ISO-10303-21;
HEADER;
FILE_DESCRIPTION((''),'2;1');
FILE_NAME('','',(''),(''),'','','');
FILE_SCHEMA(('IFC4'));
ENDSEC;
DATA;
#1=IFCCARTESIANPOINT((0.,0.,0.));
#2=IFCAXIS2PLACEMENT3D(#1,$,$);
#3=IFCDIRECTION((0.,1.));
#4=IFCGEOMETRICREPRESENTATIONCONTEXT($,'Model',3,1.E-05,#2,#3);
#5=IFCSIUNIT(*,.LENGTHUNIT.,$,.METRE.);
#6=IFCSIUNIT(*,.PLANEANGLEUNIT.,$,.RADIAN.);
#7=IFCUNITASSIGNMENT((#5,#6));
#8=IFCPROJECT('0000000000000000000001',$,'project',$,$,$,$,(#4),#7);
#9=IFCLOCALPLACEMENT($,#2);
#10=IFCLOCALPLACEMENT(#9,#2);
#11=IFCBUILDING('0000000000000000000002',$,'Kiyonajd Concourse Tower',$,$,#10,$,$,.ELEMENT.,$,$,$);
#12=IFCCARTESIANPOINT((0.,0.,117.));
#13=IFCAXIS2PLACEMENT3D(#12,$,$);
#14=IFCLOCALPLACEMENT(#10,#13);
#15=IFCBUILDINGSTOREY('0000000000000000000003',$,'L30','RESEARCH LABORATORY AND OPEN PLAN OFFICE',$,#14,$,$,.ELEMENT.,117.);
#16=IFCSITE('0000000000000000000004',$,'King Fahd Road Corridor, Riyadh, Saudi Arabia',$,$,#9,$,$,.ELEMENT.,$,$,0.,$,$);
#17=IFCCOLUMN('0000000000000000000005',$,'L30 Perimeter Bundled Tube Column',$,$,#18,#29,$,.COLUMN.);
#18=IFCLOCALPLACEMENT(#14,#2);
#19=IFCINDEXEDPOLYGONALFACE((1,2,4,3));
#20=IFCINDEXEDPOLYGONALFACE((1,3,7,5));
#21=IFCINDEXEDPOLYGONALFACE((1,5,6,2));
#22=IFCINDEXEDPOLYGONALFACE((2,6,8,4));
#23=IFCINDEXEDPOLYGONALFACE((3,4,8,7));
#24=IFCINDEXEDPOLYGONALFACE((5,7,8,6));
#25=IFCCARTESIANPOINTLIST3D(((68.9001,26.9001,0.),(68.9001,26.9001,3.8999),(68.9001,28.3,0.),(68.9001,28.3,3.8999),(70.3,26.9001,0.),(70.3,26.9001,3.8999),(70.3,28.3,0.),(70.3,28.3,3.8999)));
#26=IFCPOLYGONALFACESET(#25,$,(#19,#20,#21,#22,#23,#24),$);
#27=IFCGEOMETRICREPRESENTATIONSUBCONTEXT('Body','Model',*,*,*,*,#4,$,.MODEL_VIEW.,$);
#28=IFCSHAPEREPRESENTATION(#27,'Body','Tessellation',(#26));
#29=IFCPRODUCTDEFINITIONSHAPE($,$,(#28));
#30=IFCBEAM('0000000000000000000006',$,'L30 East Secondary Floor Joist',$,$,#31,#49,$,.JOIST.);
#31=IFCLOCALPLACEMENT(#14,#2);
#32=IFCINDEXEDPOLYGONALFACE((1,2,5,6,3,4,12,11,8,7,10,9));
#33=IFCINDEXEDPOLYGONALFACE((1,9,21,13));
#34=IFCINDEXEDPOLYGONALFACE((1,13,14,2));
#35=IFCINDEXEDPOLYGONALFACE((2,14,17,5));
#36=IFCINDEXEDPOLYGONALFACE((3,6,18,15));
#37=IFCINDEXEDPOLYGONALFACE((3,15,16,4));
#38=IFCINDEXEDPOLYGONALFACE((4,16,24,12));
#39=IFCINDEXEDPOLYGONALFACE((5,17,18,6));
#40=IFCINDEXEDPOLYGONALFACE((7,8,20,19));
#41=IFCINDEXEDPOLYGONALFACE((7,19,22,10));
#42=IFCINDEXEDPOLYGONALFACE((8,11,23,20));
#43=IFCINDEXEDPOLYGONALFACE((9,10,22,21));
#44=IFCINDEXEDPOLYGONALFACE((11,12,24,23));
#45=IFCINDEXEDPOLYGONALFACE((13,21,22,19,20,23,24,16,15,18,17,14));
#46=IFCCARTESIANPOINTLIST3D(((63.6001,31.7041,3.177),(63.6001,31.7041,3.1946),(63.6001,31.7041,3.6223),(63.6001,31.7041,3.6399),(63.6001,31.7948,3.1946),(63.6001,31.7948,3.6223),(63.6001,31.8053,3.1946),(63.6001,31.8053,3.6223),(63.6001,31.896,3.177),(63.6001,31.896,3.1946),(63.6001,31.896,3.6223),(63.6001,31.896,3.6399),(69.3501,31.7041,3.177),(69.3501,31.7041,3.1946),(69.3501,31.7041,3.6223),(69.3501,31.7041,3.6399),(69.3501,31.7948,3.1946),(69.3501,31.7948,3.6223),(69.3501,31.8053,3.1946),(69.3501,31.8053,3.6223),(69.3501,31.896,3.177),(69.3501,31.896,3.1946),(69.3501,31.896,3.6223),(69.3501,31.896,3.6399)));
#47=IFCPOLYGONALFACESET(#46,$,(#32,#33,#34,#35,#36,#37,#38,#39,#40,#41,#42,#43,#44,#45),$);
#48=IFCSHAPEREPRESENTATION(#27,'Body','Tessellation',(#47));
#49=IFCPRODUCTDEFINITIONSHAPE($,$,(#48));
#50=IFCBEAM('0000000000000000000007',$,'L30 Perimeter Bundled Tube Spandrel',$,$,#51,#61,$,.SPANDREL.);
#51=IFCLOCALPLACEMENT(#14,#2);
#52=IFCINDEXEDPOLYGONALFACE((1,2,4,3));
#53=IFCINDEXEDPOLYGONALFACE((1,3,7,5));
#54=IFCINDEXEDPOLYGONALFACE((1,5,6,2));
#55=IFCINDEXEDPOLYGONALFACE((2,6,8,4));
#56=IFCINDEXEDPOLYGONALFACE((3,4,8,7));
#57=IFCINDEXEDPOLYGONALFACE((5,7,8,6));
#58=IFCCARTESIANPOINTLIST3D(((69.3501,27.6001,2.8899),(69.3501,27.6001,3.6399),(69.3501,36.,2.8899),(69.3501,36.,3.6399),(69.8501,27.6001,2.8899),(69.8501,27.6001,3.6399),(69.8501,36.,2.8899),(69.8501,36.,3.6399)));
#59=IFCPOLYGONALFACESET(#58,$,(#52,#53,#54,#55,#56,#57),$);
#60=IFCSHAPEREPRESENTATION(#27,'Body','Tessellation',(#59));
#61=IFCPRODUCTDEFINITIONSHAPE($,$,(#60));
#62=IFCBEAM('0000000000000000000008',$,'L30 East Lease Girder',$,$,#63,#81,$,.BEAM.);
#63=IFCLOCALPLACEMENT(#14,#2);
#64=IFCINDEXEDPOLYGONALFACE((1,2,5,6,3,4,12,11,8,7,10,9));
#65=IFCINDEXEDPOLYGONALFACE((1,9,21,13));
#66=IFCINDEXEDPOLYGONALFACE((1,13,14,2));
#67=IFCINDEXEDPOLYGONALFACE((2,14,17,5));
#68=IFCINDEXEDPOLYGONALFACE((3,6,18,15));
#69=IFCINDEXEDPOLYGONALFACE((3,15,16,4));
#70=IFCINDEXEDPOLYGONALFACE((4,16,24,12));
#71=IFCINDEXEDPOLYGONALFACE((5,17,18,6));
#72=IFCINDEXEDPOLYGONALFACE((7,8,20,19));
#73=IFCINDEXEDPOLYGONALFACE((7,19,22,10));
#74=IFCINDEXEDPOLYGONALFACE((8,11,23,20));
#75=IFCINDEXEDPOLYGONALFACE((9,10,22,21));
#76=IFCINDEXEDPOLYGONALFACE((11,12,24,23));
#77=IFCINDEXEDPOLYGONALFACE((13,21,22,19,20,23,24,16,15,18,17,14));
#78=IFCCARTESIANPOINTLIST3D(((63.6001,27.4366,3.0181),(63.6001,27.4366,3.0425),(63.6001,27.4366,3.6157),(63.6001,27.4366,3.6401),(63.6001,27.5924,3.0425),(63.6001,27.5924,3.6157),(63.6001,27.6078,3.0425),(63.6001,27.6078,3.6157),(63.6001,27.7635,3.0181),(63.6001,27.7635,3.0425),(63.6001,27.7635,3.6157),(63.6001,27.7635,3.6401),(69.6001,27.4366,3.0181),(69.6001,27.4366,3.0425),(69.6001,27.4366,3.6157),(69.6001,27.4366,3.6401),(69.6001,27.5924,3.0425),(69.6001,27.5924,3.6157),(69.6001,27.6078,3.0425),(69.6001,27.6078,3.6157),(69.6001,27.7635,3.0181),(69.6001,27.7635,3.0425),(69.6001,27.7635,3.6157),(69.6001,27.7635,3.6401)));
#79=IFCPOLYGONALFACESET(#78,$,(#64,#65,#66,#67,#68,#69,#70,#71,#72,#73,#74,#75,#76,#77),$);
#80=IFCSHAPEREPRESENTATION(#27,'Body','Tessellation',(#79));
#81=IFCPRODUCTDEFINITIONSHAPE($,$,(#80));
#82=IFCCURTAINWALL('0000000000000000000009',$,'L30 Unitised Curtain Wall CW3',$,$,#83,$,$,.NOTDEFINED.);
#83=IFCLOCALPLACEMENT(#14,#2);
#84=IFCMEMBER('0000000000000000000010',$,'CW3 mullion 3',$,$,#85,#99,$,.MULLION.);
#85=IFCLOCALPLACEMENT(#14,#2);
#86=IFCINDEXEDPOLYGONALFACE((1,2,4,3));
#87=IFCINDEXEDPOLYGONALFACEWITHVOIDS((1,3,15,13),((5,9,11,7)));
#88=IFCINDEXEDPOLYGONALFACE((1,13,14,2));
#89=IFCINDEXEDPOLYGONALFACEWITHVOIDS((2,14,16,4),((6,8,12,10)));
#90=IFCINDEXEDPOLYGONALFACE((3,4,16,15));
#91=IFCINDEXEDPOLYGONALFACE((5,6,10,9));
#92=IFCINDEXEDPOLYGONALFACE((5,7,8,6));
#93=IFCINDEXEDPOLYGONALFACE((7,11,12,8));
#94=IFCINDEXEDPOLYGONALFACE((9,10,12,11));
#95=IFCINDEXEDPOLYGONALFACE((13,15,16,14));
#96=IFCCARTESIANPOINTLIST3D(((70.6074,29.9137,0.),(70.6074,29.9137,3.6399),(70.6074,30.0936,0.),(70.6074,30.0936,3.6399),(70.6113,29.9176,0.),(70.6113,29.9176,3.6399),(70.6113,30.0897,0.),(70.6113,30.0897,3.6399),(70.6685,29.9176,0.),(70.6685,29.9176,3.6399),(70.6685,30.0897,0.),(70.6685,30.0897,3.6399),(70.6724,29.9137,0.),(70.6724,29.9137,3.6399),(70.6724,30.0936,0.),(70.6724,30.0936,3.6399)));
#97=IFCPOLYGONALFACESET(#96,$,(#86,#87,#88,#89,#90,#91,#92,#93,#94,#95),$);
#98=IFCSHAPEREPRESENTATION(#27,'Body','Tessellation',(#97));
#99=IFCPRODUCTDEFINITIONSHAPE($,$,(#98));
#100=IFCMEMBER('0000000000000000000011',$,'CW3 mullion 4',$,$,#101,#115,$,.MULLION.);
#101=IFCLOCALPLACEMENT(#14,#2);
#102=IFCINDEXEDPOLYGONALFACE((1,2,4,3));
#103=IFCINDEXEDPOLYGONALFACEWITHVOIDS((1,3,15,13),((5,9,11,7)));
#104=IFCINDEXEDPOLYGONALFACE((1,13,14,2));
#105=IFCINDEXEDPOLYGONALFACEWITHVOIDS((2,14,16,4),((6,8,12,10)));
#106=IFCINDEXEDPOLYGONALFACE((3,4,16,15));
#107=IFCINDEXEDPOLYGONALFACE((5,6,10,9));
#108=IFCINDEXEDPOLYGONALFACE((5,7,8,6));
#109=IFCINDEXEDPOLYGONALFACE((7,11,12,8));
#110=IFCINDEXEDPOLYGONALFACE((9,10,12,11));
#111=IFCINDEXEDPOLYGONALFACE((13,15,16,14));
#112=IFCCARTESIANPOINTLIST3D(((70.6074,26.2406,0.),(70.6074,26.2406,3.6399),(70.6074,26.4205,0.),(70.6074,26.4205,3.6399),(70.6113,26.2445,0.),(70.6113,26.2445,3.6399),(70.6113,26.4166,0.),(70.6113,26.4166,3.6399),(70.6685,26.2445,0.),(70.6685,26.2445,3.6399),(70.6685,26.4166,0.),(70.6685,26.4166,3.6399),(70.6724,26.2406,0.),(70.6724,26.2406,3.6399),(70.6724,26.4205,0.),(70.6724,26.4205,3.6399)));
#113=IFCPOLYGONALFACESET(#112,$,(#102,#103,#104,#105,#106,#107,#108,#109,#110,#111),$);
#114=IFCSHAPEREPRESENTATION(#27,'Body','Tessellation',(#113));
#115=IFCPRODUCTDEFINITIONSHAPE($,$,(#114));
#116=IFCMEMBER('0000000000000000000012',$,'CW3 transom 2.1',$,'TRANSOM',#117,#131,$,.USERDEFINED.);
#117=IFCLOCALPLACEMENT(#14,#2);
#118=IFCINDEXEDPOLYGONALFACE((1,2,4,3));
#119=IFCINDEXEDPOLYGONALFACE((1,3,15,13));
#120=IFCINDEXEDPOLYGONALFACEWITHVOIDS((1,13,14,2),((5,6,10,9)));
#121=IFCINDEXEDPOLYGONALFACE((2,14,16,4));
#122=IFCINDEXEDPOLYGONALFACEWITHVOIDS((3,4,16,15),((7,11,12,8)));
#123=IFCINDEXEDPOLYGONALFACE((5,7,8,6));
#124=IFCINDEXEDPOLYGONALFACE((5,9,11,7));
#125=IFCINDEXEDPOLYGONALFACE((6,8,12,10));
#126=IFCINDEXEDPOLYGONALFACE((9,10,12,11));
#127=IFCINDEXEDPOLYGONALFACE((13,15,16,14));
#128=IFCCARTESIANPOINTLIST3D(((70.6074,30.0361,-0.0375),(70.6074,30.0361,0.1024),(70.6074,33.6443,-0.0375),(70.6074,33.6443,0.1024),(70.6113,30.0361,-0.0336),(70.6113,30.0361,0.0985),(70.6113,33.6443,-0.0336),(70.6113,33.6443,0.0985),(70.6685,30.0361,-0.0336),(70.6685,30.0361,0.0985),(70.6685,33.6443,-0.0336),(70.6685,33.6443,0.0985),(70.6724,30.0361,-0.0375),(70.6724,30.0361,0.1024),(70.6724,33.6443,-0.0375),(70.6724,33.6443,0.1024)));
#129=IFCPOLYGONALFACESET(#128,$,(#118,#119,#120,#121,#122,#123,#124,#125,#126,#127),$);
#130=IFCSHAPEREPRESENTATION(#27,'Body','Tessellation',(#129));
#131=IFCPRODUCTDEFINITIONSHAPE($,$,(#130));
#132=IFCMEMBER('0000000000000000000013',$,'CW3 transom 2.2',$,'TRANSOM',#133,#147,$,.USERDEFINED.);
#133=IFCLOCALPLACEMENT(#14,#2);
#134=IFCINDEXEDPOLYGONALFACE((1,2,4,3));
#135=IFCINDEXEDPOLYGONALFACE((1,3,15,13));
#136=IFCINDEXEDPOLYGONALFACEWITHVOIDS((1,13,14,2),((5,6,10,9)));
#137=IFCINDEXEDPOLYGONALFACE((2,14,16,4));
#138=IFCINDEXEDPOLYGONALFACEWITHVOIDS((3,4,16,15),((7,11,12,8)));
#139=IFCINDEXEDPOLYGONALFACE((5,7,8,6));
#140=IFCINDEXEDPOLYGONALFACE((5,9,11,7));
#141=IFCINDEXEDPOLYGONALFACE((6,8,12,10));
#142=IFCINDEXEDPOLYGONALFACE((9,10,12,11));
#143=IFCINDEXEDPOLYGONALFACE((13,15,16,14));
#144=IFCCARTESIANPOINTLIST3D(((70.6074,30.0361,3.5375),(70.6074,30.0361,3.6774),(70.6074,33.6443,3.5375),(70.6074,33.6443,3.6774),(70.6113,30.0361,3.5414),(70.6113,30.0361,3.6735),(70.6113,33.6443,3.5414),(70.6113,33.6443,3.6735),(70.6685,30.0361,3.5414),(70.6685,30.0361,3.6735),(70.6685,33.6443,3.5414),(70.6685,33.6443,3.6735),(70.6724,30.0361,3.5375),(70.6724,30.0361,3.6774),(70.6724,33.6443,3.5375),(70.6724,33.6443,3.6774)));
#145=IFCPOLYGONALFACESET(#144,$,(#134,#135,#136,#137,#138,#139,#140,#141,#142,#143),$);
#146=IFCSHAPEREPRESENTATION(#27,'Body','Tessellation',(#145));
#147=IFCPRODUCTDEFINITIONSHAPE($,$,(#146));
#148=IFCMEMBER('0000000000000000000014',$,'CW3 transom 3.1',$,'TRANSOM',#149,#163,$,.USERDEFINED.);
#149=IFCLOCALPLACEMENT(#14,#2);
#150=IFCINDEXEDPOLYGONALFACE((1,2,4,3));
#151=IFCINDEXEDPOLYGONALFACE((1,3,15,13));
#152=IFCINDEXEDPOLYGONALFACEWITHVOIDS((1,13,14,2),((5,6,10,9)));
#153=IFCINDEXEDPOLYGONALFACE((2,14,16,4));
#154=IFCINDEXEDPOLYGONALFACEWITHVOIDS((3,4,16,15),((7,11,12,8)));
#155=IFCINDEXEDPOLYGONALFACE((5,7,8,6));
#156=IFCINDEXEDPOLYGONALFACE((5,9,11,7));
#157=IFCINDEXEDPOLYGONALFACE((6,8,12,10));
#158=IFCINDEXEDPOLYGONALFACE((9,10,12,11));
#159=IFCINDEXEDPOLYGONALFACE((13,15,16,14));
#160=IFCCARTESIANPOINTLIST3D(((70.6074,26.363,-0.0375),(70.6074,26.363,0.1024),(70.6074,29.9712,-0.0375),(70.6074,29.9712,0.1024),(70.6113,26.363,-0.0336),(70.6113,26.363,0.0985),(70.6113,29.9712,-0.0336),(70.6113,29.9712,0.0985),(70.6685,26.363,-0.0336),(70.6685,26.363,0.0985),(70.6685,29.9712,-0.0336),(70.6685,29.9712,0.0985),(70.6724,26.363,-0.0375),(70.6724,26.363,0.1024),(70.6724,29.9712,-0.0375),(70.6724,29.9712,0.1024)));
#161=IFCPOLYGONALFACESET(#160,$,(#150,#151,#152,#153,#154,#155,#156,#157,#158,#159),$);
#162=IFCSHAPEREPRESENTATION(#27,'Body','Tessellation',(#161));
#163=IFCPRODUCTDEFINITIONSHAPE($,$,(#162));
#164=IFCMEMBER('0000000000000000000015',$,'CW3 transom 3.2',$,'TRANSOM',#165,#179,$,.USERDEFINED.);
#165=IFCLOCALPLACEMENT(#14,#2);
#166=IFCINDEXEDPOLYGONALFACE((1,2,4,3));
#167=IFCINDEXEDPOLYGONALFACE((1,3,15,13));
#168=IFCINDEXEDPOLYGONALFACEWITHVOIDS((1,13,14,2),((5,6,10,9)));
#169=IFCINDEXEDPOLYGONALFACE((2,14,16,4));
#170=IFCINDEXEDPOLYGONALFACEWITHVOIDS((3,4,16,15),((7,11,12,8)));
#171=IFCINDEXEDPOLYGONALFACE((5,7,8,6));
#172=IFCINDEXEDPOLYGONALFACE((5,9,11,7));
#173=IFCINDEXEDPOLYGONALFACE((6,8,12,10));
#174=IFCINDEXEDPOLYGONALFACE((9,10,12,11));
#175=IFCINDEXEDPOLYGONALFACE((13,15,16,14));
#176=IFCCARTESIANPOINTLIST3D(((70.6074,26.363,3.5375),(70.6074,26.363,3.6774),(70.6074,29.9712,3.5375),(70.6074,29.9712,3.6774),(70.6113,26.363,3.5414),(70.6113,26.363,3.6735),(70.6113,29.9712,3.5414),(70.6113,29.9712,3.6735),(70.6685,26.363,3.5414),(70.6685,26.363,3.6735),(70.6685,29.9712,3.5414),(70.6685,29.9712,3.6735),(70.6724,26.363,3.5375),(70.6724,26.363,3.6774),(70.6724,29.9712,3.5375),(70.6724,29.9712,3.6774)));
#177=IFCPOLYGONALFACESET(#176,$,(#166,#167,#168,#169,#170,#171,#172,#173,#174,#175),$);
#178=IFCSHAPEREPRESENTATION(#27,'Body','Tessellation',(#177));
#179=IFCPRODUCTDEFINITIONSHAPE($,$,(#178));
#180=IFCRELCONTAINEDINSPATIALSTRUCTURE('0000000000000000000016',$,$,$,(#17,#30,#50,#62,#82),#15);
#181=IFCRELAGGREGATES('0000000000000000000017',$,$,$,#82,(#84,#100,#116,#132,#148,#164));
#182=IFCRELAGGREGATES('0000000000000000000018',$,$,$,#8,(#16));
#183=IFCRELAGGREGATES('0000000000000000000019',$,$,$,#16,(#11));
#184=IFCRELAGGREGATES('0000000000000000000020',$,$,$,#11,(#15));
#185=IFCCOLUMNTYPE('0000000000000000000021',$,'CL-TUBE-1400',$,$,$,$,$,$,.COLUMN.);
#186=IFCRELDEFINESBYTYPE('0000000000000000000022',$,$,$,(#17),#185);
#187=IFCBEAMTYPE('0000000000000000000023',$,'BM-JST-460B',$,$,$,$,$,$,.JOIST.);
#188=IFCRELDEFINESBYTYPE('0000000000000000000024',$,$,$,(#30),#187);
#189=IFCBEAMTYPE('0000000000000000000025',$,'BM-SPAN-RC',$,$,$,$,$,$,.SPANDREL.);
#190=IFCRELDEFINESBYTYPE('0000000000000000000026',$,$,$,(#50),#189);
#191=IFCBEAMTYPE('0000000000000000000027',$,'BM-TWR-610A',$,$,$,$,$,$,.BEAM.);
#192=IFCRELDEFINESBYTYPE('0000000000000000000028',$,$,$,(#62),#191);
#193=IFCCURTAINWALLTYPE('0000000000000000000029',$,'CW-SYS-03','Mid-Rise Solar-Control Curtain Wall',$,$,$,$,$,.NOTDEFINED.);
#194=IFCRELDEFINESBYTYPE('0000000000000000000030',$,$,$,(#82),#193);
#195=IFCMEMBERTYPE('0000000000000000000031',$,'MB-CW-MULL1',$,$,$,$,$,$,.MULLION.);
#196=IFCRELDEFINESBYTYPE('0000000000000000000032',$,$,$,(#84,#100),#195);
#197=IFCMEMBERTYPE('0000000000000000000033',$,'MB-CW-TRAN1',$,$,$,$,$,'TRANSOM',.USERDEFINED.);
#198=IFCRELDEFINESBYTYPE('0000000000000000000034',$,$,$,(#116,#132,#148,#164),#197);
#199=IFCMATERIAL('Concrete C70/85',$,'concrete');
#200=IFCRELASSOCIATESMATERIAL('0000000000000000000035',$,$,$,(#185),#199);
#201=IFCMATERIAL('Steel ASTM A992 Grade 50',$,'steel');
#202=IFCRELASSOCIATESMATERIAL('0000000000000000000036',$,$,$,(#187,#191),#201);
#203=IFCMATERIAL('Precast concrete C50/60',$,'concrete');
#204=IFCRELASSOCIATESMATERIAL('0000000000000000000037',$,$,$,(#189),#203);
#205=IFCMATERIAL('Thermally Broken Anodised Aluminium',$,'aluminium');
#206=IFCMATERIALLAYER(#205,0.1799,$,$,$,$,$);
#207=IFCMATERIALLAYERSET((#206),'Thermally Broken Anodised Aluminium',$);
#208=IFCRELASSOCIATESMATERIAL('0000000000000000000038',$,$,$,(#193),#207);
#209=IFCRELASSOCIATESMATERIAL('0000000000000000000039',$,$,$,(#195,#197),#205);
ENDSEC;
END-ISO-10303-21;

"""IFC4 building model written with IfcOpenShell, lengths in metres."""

from ifc_helpers import new_model, si_unit, direction, frame, origin, origin_2d, place, context, subcontext, project, spatial, rectangle, hollow_rectangle, i_section, extrude, material, layer, layer_set, material_profile, profile_set, type_object, element, aggregate, save


model = new_model("IFC4")

# Units and contexts
model_context = context("Model", 3, precision=1e-05, world=origin(), true_north=direction((0.0, 1.0)))
body_context = subcontext(model_context, "Body", "Model", "MODEL_VIEW")
ifc_project = project(units=[si_unit("LENGTHUNIT", "METRE"), si_unit("PLANEANGLEUNIT", "RADIAN")], contexts=[model_context])

# Site, building, storey
site_placement = place(None, origin())
site = spatial("IfcSite", under=ifc_project, at=site_placement, Name="King Fahd Road Corridor, Riyadh, Saudi Arabia", CompositionType="ELEMENT", RefElevation=0.0)
building_placement = place(site_placement, origin())
building = spatial("IfcBuilding", under=site, at=building_placement, Name="Kiyonajd Concourse Tower", CompositionType="ELEMENT")
storey_placement = place(building_placement, frame((0.0, 0.0, 117.0)))
storey = spatial("IfcBuildingStorey", under=building, at=storey_placement, Name="L30", Description="RESEARCH LABORATORY AND OPEN PLAN OFFICE", CompositionType="ELEMENT", Elevation=117.0)

# Column
ifc_material_1 = material(Name="Concrete C70/85", Category="concrete")
ifc_material_profile_1 = material_profile(ifc_material_1, rectangle(XDim=1.3999, YDim=1.3999, at=origin_2d()), Name="RC-1400x1400")
ifc_profile_set_1 = profile_set([ifc_material_profile_1], Name="Concrete C70/85")
column_type = type_object("IfcColumnType", Name="CL-TUBE-1400", PredefinedType="COLUMN", material=ifc_profile_set_1)
column_placement = place(storey_placement, frame((69.6001, 27.6001, 0.0), z_axis=(0.0, 0.0, 1.0), x_axis=(1.0, 0.0, 0.0)))
element("IfcColumn", 1, at=column_placement, inside=storey, type_object=column_type, Name="L30 Perimeter Bundled Tube Column", PredefinedType="COLUMN", context=body_context, shape_type="SweptSolid", body=[
    extrude(rectangle(XDim=1.3999, YDim=1.3999, at=origin_2d()), origin(), (0.0, 0.0, 1.0), 3.8999),
])

# Beams
ifc_material_2 = material(Name="Steel ASTM A992 Grade 50", Category="steel")
ifc_material_profile_2 = material_profile(ifc_material_2, i_section(OverallWidth=0.1919, OverallDepth=0.4629, WebThickness=0.0105, FlangeThickness=0.0176, at=origin_2d()), Name="W460X89")
ifc_profile_set_2 = profile_set([ifc_material_profile_2], Name="Steel ASTM A992 Grade 50")
beam_type_1 = type_object("IfcBeamType", Name="BM-JST-460B", PredefinedType="JOIST", material=ifc_profile_set_2)
beam_1_placement = place(storey_placement, frame((63.6001, 31.8, 3.4084), z_axis=(1.0, 0.0, 0.0), x_axis=(0.0, 1.0, 0.0)))
element("IfcBeam", 2, at=beam_1_placement, inside=storey, type_object=beam_type_1, Name="L30 East Secondary Floor Joist", PredefinedType="JOIST", context=body_context, shape_type="SweptSolid", body=[
    extrude(i_section(OverallWidth=0.1919, OverallDepth=0.4629, WebThickness=0.0105, FlangeThickness=0.0176, at=origin_2d()), origin(), (0.0, 0.0, 1.0), 5.75),
])
ifc_material_3 = material(Name="Precast concrete C50/60", Category="concrete")
ifc_material_profile_3 = material_profile(ifc_material_3, rectangle(XDim=0.5, YDim=0.75, at=origin_2d()), Name="RCBM-500x750")
ifc_profile_set_3 = profile_set([ifc_material_profile_3], Name="Precast concrete C50/60")
beam_type_2 = type_object("IfcBeamType", Name="BM-SPAN-RC", PredefinedType="SPANDREL", material=ifc_profile_set_3)
beam_2_placement = place(storey_placement, frame((69.6001, 27.6001, 3.2649), z_axis=(0.0, 1.0, 0.0), x_axis=(-1.0, 0.0, 0.0)))
element("IfcBeam", 3, at=beam_2_placement, inside=storey, type_object=beam_type_2, Name="L30 Perimeter Bundled Tube Spandrel", PredefinedType="SPANDREL", context=body_context, shape_type="SweptSolid", body=[
    extrude(rectangle(XDim=0.5, YDim=0.75, at=origin_2d()), origin(), (0.0, 0.0, 1.0), 8.3999),
])
ifc_material_profile_4 = material_profile(ifc_material_2, i_section(OverallWidth=0.3269, OverallDepth=0.6221, WebThickness=0.0154, FlangeThickness=0.0244, at=origin_2d()), Name="W610X195")
ifc_profile_set_4 = profile_set([ifc_material_profile_4], Name="Steel ASTM A992 Grade 50")
beam_type_3 = type_object("IfcBeamType", Name="BM-TWR-610A", PredefinedType="BEAM", material=ifc_profile_set_4)
beam_3_placement = place(storey_placement, frame((63.6001, 27.6001, 3.3291), z_axis=(1.0, 0.0, 0.0), x_axis=(0.0, 1.0, 0.0)))
element("IfcBeam", 4, at=beam_3_placement, inside=storey, type_object=beam_type_3, Name="L30 East Lease Girder", PredefinedType="BEAM", context=body_context, shape_type="SweptSolid", body=[
    extrude(i_section(OverallWidth=0.3269, OverallDepth=0.6221, WebThickness=0.0154, FlangeThickness=0.0244, at=origin_2d()), origin(), (0.0, 0.0, 1.0), 6.0),
])

# Curtain wall, members
ifc_material_4 = material(Name="Thermally Broken Anodised Aluminium", Category="aluminium")
ifc_layer_1 = layer(ifc_material_4, 0.1799)
ifc_layer_set_1 = layer_set([ifc_layer_1], Name="Thermally Broken Anodised Aluminium")
curtain_wall_type = type_object("IfcCurtainWallType", Name="CW-SYS-03", Description="Mid-Rise Solar-Control Curtain Wall", PredefinedType="NOTDEFINED", material=ifc_layer_set_1)
curtain_wall_placement = place(storey_placement, origin())
curtain_wall = element("IfcCurtainWall", 5, at=curtain_wall_placement, inside=storey, type_object=curtain_wall_type, Name="L30 Unitised Curtain Wall CW3", PredefinedType="NOTDEFINED")
ifc_material_profile_5 = material_profile(ifc_material_4, hollow_rectangle(XDim=0.0649, YDim=0.1799, WallThickness=0.0039, at=origin_2d()), Name="MULL-65x180")
ifc_profile_set_5 = profile_set([ifc_material_profile_5], Name="Thermally Broken Anodised Aluminium")
member_type_1 = type_object("IfcMemberType", Name="MB-CW-MULL1", PredefinedType="MULLION", material=ifc_profile_set_5)
member_1_placement = place(storey_placement, frame((70.6399, 30.0037, 0.0), z_axis=(0.0, 0.0, 1.0), x_axis=(1.0, 0.0, 0.0)))
member_1 = element("IfcMember", 6, at=member_1_placement, type_object=member_type_1, Name="CW3 mullion 3", PredefinedType="MULLION", context=body_context, shape_type="SweptSolid", body=[
    extrude(hollow_rectangle(XDim=0.0649, YDim=0.1799, WallThickness=0.0039, at=origin_2d()), origin(), (0.0, 0.0, 1.0), 3.6399),
])
member_2_placement = place(storey_placement, frame((70.6399, 26.3306, 0.0), z_axis=(0.0, 0.0, 1.0), x_axis=(1.0, 0.0, 0.0)))
member_2 = element("IfcMember", 7, at=member_2_placement, type_object=member_type_1, Name="CW3 mullion 4", PredefinedType="MULLION", context=body_context, shape_type="SweptSolid", body=[
    extrude(hollow_rectangle(XDim=0.0649, YDim=0.1799, WallThickness=0.0039, at=origin_2d()), origin(), (0.0, 0.0, 1.0), 3.6399),
])
ifc_material_profile_6 = material_profile(ifc_material_4, hollow_rectangle(XDim=0.0649, YDim=0.1399, WallThickness=0.0039, at=origin_2d()), Name="TRAN-65x140")
ifc_profile_set_6 = profile_set([ifc_material_profile_6], Name="Thermally Broken Anodised Aluminium")
member_type_2 = type_object("IfcMemberType", Name="MB-CW-TRAN1", ElementType="TRANSOM", PredefinedType="USERDEFINED", material=ifc_profile_set_6)
member_3_placement = place(storey_placement, frame((70.6399, 33.6443, 0.0325), z_axis=(0.0, -1.0, 0.0), x_axis=(1.0, 0.0, 0.0)))
member_3 = element("IfcMember", 8, at=member_3_placement, type_object=member_type_2, Name="CW3 transom 2.1", ObjectType="TRANSOM", PredefinedType="USERDEFINED", context=body_context, shape_type="SweptSolid", body=[
    extrude(hollow_rectangle(XDim=0.0649, YDim=0.1399, WallThickness=0.0039, at=origin_2d()), origin(), (0.0, 0.0, 1.0), 3.6082),
])
member_4_placement = place(storey_placement, frame((70.6399, 33.6443, 3.6074), z_axis=(0.0, -1.0, 0.0), x_axis=(1.0, 0.0, 0.0)))
member_4 = element("IfcMember", 9, at=member_4_placement, type_object=member_type_2, Name="CW3 transom 2.2", ObjectType="TRANSOM", PredefinedType="USERDEFINED", context=body_context, shape_type="SweptSolid", body=[
    extrude(hollow_rectangle(XDim=0.0649, YDim=0.1399, WallThickness=0.0039, at=origin_2d()), origin(), (0.0, 0.0, 1.0), 3.6082),
])
member_5_placement = place(storey_placement, frame((70.6399, 29.9712, 0.0325), z_axis=(0.0, -1.0, 0.0), x_axis=(1.0, 0.0, 0.0)))
member_5 = element("IfcMember", 10, at=member_5_placement, type_object=member_type_2, Name="CW3 transom 3.1", ObjectType="TRANSOM", PredefinedType="USERDEFINED", context=body_context, shape_type="SweptSolid", body=[
    extrude(hollow_rectangle(XDim=0.0649, YDim=0.1399, WallThickness=0.0039, at=origin_2d()), origin(), (0.0, 0.0, 1.0), 3.6082),
])
member_6_placement = place(storey_placement, frame((70.6399, 29.9712, 3.6074), z_axis=(0.0, -1.0, 0.0), x_axis=(1.0, 0.0, 0.0)))
member_6 = element("IfcMember", 11, at=member_6_placement, type_object=member_type_2, Name="CW3 transom 3.2", ObjectType="TRANSOM", PredefinedType="USERDEFINED", context=body_context, shape_type="SweptSolid", body=[
    extrude(hollow_rectangle(XDim=0.0649, YDim=0.1399, WallThickness=0.0039, at=origin_2d()), origin(), (0.0, 0.0, 1.0), 3.6082),
])
aggregate(curtain_wall, [member_1, member_2, member_3, member_4, member_5, member_6])

save(model, "model.ifc")
